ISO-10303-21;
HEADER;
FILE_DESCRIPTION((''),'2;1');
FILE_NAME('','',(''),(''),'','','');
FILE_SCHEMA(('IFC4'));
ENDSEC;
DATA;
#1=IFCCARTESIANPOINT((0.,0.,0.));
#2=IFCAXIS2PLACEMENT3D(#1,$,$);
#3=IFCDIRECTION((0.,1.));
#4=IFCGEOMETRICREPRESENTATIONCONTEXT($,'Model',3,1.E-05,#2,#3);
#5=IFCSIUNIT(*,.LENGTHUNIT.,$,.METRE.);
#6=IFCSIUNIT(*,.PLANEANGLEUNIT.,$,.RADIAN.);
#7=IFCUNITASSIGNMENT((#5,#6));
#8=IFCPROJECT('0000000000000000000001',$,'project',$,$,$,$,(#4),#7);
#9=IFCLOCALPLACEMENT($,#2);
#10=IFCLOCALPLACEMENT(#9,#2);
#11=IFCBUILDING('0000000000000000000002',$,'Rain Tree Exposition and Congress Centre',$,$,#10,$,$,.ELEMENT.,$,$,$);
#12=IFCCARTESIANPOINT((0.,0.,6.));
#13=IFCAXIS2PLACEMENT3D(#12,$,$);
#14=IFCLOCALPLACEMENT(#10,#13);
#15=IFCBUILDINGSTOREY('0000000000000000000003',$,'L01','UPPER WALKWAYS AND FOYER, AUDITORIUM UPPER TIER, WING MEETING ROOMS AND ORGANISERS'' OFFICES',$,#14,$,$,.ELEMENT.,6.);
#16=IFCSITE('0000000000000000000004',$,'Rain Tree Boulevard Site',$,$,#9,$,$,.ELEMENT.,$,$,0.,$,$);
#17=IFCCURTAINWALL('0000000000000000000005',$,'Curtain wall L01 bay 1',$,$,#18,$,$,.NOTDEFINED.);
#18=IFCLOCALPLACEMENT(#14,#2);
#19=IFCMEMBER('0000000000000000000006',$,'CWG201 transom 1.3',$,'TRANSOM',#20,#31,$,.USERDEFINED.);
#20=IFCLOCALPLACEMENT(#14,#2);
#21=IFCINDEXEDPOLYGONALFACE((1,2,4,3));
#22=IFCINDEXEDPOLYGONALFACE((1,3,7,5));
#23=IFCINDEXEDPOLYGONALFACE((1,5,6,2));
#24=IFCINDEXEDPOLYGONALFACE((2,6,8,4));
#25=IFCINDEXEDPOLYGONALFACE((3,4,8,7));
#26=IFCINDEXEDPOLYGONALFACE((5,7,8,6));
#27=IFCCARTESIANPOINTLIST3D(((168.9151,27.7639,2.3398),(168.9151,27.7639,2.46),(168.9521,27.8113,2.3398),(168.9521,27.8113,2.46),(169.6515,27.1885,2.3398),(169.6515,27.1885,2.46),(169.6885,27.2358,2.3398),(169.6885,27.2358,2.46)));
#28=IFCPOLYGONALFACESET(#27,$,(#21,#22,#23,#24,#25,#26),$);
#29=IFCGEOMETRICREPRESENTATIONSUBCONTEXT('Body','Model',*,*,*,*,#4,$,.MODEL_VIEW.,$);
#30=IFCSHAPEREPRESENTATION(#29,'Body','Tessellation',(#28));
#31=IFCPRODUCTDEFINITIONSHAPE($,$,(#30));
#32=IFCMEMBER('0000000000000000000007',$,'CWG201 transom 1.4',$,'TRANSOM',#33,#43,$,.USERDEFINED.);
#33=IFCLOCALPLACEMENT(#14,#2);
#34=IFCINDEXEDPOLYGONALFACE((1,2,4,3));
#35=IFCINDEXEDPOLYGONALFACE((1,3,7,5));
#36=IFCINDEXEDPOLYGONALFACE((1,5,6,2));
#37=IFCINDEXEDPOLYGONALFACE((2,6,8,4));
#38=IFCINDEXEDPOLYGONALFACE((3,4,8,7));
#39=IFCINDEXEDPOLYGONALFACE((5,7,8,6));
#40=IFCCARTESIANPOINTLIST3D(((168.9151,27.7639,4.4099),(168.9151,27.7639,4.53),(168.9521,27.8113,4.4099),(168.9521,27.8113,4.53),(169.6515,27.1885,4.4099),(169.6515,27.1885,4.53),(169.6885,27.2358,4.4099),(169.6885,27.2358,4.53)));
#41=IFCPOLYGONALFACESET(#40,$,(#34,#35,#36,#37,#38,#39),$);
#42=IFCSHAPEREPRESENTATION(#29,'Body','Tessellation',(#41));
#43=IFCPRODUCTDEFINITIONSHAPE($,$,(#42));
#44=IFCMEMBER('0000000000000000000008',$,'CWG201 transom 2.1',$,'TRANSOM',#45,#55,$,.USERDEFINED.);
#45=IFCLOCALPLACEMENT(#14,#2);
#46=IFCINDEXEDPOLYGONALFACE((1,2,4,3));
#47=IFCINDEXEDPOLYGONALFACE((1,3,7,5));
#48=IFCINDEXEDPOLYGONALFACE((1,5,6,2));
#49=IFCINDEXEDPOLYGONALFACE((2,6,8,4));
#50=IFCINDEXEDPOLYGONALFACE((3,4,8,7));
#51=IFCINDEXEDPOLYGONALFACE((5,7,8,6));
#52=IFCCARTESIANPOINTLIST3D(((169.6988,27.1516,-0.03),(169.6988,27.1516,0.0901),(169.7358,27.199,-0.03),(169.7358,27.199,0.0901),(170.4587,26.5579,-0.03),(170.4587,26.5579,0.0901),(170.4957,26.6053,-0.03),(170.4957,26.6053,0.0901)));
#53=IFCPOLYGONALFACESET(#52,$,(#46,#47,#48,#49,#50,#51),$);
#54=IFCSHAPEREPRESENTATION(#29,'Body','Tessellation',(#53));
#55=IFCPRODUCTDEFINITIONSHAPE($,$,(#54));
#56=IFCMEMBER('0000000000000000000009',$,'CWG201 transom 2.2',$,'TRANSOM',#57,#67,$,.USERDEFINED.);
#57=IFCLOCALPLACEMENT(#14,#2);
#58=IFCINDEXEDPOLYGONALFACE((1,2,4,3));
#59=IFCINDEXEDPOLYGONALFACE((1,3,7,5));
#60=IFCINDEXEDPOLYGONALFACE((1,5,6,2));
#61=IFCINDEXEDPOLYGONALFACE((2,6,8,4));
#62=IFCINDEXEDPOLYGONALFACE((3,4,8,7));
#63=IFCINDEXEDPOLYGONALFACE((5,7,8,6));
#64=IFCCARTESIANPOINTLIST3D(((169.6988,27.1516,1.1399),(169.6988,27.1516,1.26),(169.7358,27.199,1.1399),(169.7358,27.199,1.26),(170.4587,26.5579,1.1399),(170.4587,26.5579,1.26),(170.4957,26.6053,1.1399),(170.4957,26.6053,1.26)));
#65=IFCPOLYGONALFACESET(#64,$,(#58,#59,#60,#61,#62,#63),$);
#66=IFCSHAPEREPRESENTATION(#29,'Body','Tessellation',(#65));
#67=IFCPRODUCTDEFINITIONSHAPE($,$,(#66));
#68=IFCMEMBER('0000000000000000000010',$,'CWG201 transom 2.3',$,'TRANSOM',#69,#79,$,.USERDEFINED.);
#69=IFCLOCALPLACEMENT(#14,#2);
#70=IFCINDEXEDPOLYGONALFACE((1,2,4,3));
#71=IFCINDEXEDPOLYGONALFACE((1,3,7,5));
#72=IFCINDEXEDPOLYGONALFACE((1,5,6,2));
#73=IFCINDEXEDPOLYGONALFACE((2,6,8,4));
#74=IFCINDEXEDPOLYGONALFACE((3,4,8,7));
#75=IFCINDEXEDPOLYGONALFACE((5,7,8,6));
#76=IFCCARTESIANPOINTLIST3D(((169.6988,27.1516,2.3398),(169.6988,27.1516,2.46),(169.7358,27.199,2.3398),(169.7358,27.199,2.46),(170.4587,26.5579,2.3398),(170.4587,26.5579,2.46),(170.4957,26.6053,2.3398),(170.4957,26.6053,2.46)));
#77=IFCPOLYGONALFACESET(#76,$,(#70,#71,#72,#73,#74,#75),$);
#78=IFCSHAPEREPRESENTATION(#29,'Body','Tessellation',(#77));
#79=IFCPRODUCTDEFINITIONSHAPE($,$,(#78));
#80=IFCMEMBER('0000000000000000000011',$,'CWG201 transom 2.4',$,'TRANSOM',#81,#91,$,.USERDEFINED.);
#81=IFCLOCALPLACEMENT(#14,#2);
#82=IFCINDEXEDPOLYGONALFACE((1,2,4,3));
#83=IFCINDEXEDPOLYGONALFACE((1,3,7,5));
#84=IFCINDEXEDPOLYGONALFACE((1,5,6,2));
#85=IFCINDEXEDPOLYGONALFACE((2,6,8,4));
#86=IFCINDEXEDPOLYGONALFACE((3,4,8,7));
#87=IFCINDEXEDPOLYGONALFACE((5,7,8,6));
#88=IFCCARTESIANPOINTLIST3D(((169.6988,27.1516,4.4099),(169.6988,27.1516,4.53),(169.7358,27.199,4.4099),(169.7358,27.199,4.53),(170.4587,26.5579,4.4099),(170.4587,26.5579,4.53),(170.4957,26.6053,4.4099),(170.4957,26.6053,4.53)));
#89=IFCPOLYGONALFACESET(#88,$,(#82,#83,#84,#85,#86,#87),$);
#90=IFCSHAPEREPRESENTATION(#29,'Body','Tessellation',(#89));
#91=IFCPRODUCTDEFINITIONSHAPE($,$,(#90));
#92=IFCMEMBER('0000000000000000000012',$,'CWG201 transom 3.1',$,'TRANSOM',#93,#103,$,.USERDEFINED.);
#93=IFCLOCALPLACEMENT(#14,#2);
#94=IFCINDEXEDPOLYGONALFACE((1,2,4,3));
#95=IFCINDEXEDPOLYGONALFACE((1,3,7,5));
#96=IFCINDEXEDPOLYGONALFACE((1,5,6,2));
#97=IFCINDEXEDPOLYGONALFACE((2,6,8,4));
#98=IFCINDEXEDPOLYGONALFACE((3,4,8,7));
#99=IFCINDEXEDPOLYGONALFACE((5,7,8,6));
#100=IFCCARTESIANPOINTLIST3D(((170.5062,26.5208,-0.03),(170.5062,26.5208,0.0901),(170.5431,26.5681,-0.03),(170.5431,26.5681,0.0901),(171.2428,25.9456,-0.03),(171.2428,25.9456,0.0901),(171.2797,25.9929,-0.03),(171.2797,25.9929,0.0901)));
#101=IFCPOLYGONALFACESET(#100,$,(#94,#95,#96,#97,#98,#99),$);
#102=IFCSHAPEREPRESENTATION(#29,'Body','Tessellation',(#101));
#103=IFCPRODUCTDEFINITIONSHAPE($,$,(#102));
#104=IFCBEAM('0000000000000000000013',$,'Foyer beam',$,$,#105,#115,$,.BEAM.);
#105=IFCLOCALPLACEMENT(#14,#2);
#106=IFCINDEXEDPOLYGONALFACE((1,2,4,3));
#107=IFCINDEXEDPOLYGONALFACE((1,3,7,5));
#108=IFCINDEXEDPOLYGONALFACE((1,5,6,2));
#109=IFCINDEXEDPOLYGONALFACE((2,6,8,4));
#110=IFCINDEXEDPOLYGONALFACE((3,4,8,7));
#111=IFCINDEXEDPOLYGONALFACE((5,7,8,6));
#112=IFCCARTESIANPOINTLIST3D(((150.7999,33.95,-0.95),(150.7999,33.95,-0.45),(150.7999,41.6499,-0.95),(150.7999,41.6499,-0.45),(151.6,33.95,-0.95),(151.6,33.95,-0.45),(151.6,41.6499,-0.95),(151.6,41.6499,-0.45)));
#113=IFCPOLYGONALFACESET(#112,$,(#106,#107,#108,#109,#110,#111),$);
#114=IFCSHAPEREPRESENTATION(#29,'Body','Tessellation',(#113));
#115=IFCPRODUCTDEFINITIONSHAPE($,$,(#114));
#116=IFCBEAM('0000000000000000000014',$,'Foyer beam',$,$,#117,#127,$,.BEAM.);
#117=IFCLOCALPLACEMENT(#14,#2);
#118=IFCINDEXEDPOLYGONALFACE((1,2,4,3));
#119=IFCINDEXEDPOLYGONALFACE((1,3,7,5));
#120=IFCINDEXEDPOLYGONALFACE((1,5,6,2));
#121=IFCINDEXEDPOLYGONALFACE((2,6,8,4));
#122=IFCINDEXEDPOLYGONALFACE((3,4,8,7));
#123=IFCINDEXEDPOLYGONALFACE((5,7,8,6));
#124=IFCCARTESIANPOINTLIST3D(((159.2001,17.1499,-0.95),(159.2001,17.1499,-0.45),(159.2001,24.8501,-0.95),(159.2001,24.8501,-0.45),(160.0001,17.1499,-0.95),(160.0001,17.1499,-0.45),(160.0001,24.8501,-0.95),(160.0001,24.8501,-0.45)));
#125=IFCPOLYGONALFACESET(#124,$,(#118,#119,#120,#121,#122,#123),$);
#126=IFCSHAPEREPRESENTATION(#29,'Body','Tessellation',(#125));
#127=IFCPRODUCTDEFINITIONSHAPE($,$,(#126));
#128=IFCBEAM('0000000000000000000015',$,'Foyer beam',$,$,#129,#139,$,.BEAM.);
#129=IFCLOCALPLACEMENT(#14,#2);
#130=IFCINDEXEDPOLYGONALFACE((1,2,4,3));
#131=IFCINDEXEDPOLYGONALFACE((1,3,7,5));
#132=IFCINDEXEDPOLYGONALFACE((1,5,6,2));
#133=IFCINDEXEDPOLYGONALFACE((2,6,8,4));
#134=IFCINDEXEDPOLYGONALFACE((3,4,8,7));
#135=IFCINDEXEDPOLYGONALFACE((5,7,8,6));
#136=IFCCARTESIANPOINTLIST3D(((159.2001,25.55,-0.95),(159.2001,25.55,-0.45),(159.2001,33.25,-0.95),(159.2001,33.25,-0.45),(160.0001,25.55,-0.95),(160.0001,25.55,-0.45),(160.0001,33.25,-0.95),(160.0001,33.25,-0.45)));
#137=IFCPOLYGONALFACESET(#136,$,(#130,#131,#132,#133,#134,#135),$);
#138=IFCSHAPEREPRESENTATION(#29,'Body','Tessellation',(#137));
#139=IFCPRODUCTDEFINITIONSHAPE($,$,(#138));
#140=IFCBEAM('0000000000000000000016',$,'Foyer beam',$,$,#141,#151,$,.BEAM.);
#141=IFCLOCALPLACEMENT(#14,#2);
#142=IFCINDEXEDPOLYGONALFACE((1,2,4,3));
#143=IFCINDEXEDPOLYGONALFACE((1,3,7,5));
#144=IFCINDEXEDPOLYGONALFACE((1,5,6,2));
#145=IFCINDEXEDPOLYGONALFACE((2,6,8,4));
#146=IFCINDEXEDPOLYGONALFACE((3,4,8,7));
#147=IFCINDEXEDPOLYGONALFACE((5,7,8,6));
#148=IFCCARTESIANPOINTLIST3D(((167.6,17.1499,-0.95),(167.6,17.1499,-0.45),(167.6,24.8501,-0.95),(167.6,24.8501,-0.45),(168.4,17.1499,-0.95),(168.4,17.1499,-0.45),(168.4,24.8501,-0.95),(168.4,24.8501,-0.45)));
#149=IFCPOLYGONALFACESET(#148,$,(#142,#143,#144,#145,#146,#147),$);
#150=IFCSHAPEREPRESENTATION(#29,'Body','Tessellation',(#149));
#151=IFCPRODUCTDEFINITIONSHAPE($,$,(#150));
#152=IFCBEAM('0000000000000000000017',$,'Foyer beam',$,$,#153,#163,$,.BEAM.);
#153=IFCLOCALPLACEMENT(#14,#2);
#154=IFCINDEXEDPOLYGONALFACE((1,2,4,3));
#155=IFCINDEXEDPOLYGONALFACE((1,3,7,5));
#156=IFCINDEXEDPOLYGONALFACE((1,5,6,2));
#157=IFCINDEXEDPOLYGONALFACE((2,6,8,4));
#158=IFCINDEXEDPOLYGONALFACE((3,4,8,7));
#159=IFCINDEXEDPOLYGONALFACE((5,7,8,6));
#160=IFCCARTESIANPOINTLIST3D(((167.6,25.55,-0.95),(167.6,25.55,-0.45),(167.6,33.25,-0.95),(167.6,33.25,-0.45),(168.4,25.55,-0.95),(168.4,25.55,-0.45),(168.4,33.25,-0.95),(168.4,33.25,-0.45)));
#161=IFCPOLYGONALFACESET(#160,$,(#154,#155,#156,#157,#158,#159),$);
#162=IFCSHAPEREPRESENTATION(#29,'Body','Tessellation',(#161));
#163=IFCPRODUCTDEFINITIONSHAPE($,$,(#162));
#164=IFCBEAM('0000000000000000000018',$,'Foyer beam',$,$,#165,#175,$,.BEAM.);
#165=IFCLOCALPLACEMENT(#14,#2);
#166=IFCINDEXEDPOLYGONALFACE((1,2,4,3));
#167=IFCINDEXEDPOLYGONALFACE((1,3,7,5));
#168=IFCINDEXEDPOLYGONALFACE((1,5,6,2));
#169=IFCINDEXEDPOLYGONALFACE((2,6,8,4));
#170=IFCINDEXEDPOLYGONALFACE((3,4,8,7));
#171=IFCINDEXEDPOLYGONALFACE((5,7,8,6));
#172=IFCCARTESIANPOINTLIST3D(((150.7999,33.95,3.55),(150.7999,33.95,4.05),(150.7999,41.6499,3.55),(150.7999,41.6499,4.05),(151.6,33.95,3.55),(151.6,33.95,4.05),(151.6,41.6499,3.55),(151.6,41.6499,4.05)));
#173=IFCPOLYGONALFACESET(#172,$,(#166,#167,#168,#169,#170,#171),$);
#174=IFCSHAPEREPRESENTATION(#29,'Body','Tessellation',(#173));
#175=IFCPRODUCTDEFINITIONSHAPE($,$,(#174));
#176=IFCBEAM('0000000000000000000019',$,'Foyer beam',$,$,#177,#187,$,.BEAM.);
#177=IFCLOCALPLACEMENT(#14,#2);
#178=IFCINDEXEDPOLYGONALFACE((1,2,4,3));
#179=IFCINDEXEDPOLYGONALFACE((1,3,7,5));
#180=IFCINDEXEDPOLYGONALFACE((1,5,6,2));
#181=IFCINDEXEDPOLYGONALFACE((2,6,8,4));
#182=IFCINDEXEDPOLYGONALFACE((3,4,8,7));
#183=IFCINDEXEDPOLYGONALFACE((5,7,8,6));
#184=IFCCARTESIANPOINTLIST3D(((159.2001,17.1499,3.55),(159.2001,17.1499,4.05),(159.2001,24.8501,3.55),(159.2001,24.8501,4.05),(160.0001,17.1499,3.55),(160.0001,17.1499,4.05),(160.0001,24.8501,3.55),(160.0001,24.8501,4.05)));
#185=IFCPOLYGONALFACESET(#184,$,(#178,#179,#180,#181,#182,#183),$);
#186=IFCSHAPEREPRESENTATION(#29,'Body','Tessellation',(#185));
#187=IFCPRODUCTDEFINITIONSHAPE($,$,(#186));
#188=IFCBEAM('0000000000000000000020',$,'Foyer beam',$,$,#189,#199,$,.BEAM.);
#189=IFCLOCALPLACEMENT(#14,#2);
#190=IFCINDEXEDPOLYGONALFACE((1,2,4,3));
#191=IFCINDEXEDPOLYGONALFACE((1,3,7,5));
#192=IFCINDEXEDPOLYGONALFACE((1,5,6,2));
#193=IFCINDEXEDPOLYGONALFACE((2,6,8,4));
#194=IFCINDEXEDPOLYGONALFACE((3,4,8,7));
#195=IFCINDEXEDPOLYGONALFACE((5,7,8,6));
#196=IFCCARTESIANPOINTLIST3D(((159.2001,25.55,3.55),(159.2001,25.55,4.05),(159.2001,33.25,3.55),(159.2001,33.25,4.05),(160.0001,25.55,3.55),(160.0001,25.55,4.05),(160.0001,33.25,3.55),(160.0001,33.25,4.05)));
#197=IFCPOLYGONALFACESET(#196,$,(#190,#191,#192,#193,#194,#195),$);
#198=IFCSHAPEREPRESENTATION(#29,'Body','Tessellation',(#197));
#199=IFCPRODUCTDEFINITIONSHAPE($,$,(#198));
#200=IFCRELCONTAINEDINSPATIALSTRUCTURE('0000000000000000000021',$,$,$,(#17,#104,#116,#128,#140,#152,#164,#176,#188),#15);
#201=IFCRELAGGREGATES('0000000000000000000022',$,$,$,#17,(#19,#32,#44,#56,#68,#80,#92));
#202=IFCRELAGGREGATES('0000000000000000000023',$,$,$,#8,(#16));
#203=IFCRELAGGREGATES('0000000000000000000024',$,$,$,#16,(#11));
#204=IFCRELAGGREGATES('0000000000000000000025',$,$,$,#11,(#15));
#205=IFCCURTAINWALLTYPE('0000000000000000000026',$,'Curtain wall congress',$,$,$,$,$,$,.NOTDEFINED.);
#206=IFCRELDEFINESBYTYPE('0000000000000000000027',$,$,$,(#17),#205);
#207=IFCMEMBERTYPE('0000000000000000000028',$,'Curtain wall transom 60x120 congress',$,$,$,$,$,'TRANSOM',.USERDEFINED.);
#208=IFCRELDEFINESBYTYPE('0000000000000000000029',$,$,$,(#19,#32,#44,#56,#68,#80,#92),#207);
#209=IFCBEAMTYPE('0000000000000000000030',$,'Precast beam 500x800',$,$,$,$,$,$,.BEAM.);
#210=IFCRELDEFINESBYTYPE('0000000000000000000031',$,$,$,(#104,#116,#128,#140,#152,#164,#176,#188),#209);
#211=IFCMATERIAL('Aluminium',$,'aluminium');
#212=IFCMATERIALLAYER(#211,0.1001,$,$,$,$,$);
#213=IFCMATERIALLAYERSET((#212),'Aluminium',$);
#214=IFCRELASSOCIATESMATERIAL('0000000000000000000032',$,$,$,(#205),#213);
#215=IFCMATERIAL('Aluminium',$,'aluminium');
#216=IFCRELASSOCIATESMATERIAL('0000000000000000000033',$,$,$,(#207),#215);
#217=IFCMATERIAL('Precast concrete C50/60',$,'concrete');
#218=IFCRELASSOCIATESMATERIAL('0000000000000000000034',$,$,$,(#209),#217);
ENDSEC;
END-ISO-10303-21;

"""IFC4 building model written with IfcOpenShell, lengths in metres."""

from ifc_helpers import new_model, si_unit, direction, frame, origin, origin_2d, place, context, subcontext, project, spatial, rectangle, extrude, material, layer, layer_set, material_profile, profile_set, type_object, element, aggregate, save


model = new_model("IFC4")

# Units and contexts
model_context = context("Model", 3, precision=1e-05, world=origin(), true_north=direction((0.0, 1.0)))
body_context = subcontext(model_context, "Body", "Model", "MODEL_VIEW")
ifc_project = project(units=[si_unit("LENGTHUNIT", "METRE"), si_unit("PLANEANGLEUNIT", "RADIAN")], contexts=[model_context])

# Site, building, storey
site_placement = place(None, origin())
site = spatial("IfcSite", under=ifc_project, at=site_placement, Name="Rain Tree Boulevard Site", CompositionType="ELEMENT", RefElevation=0.0)
building_placement = place(site_placement, origin())
building = spatial("IfcBuilding", under=site, at=building_placement, Name="Rain Tree Exposition and Congress Centre", CompositionType="ELEMENT")
storey_placement = place(building_placement, frame((0.0, 0.0, 6.0)))
storey = spatial("IfcBuildingStorey", under=building, at=storey_placement, Name="L01", Description="UPPER WALKWAYS AND FOYER, AUDITORIUM UPPER TIER, WING MEETING ROOMS AND ORGANISERS' OFFICES", CompositionType="ELEMENT", Elevation=6.0)

# Curtain wall
ifc_material_1 = material(Name="Aluminium", Category="aluminium")
ifc_layer_1 = layer(ifc_material_1, 0.1001)
ifc_layer_set_1 = layer_set([ifc_layer_1], Name="Aluminium")
curtain_wall_type = type_object("IfcCurtainWallType", Name="Curtain wall congress", PredefinedType="NOTDEFINED", material=ifc_layer_set_1)
curtain_wall_1_placement = place(storey_placement, origin())
curtain_wall_1 = element("IfcCurtainWall", 1, at=curtain_wall_1_placement, inside=storey, type_object=curtain_wall_type, Name="Curtain wall L01 bay 1", PredefinedType="NOTDEFINED")

# Members
ifc_material_2 = material(Name="Aluminium", Category="aluminium")
ifc_material_profile_1 = material_profile(ifc_material_2, rectangle(XDim=0.0601, YDim=0.1201, at=origin_2d()), Name="AL 60x120")
ifc_profile_set_1 = profile_set([ifc_material_profile_1], Name="Aluminium")
member_type_1 = type_object("IfcMemberType", Name="Curtain wall transom 60x120 congress", ElementType="TRANSOM", PredefinedType="USERDEFINED", material=ifc_profile_set_1)
member_1_placement = place(storey_placement, frame((168.9336, 27.7876, 2.3999), z_axis=(0.787929, -0.615766, 0.0), x_axis=(0.615766, 0.787929, 0.0)))
member_1 = element("IfcMember", 2, at=member_1_placement, type_object=member_type_1, Name="CWG201 transom 1.3", ObjectType="TRANSOM", PredefinedType="USERDEFINED", context=body_context, shape_type="SweptSolid", body=[
    extrude(rectangle(XDim=0.0601, YDim=0.1201, at=origin_2d()), origin(), (0.0, 0.0, 1.0), 0.9346),
])
member_2_placement = place(storey_placement, frame((168.9336, 27.7876, 4.47), z_axis=(0.787929, -0.615766, 0.0), x_axis=(0.615766, 0.787929, 0.0)))
member_2 = element("IfcMember", 3, at=member_2_placement, type_object=member_type_1, Name="CWG201 transom 1.4", ObjectType="TRANSOM", PredefinedType="USERDEFINED", context=body_context, shape_type="SweptSolid", body=[
    extrude(rectangle(XDim=0.0601, YDim=0.1201, at=origin_2d()), origin(), (0.0, 0.0, 1.0), 0.9346),
])
member_3_placement = place(storey_placement, frame((169.7173, 27.1753, 0.03), z_axis=(0.788028, -0.615639, 0.0), x_axis=(0.615639, 0.788028, 0.0)))
member_3 = element("IfcMember", 4, at=member_3_placement, type_object=member_type_1, Name="CWG201 transom 2.1", ObjectType="TRANSOM", PredefinedType="USERDEFINED", context=body_context, shape_type="SweptSolid", body=[
    extrude(rectangle(XDim=0.0601, YDim=0.1201, at=origin_2d()), origin(), (0.0, 0.0, 1.0), 0.9644),
])
member_4_placement = place(storey_placement, frame((169.7173, 27.1753, 1.2), z_axis=(0.788028, -0.615639, 0.0), x_axis=(0.615639, 0.788028, 0.0)))
member_4 = element("IfcMember", 5, at=member_4_placement, type_object=member_type_1, Name="CWG201 transom 2.2", ObjectType="TRANSOM", PredefinedType="USERDEFINED", context=body_context, shape_type="SweptSolid", body=[
    extrude(rectangle(XDim=0.0601, YDim=0.1201, at=origin_2d()), origin(), (0.0, 0.0, 1.0), 0.9644),
])
member_5_placement = place(storey_placement, frame((169.7173, 27.1753, 2.3999), z_axis=(0.788028, -0.615639, 0.0), x_axis=(0.615639, 0.788028, 0.0)))
member_5 = element("IfcMember", 6, at=member_5_placement, type_object=member_type_1, Name="CWG201 transom 2.3", ObjectType="TRANSOM", PredefinedType="USERDEFINED", context=body_context, shape_type="SweptSolid", body=[
    extrude(rectangle(XDim=0.0601, YDim=0.1201, at=origin_2d()), origin(), (0.0, 0.0, 1.0), 0.9644),
])
member_6_placement = place(storey_placement, frame((169.7173, 27.1753, 4.47), z_axis=(0.788028, -0.615639, 0.0), x_axis=(0.615639, 0.788028, 0.0)))
member_6 = element("IfcMember", 7, at=member_6_placement, type_object=member_type_1, Name="CWG201 transom 2.4", ObjectType="TRANSOM", PredefinedType="USERDEFINED", context=body_context, shape_type="SweptSolid", body=[
    extrude(rectangle(XDim=0.0601, YDim=0.1201, at=origin_2d()), origin(), (0.0, 0.0, 1.0), 0.9644),
])
member_7_placement = place(storey_placement, frame((170.5247, 26.5444, 0.03), z_axis=(0.788155, -0.615477, 0.0), x_axis=(0.615477, 0.788155, 0.0)))
member_7 = element("IfcMember", 8, at=member_7_placement, type_object=member_type_1, Name="CWG201 transom 3.1", ObjectType="TRANSOM", PredefinedType="USERDEFINED", context=body_context, shape_type="SweptSolid", body=[
    extrude(rectangle(XDim=0.0601, YDim=0.1201, at=origin_2d()), origin(), (0.0, 0.0, 1.0), 0.9346),
])

# Beams
ifc_material_3 = material(Name="Precast concrete C50/60", Category="concrete")
ifc_material_profile_2 = material_profile(ifc_material_3, rectangle(XDim=0.5, YDim=0.8, at=origin_2d()), Name="RC 500x800")
ifc_profile_set_2 = profile_set([ifc_material_profile_2], Name="Precast concrete C50/60")
beam_type = type_object("IfcBeamType", Name="Precast beam 500x800", PredefinedType="BEAM", material=ifc_profile_set_2)
beam_1_placement = place(storey_placement, frame((151.2, 33.95, -0.7), z_axis=(0.0, 1.0, 0.0), x_axis=(0.0, 0.0, 1.0)))
element("IfcBeam", 9, at=beam_1_placement, inside=storey, type_object=beam_type, Name="Foyer beam", PredefinedType="BEAM", context=body_context, shape_type="SweptSolid", body=[
    extrude(rectangle(XDim=0.5, YDim=0.8, at=origin_2d()), origin(), (0.0, 0.0, 1.0), 7.7),
])
beam_2_placement = place(storey_placement, frame((159.6001, 17.1499, -0.7), z_axis=(0.0, 1.0, 0.0), x_axis=(0.0, 0.0, 1.0)))
element("IfcBeam", 10, at=beam_2_placement, inside=storey, type_object=beam_type, Name="Foyer beam", PredefinedType="BEAM", context=body_context, shape_type="SweptSolid", body=[
    extrude(rectangle(XDim=0.5, YDim=0.8, at=origin_2d()), origin(), (0.0, 0.0, 1.0), 7.7002),
])
beam_3_placement = place(storey_placement, frame((159.6001, 25.55, -0.7), z_axis=(0.0, 1.0, 0.0), x_axis=(0.0, 0.0, 1.0)))
element("IfcBeam", 11, at=beam_3_placement, inside=storey, type_object=beam_type, Name="Foyer beam", PredefinedType="BEAM", context=body_context, shape_type="SweptSolid", body=[
    extrude(rectangle(XDim=0.5, YDim=0.8, at=origin_2d()), origin(), (0.0, 0.0, 1.0), 7.7),
])
beam_4_placement = place(storey_placement, frame((168.0, 17.1499, -0.7), z_axis=(0.0, 1.0, 0.0), x_axis=(0.0, 0.0, 1.0)))
element("IfcBeam", 12, at=beam_4_placement, inside=storey, type_object=beam_type, Name="Foyer beam", PredefinedType="BEAM", context=body_context, shape_type="SweptSolid", body=[
    extrude(rectangle(XDim=0.5, YDim=0.8, at=origin_2d()), origin(), (0.0, 0.0, 1.0), 7.7002),
])
for number, where, z_axis, x_axis, name in (
    (13, (168.0, 25.55, -0.7), (0.0, 1.0, 0.0), (0.0, 0.0, 1.0), "Foyer beam"),
    (14, (151.2, 33.95, 3.8), (0.0, 1.0, 0.0), (0.0, 0.0, 1.0), "Foyer beam"),
):
    element("IfcBeam", number, at=place(storey_placement, frame(where, z_axis=z_axis, x_axis=x_axis)), inside=storey, type_object=beam_type, Name=name, PredefinedType="BEAM", context=body_context, shape_type="SweptSolid", body=[
        extrude(rectangle(XDim=0.5, YDim=0.8, at=origin_2d()), origin(), (0.0, 0.0, 1.0), 7.7),
    ])
beam_5_placement = place(storey_placement, frame((159.6001, 17.1499, 3.8), z_axis=(0.0, 1.0, 0.0), x_axis=(0.0, 0.0, 1.0)))
element("IfcBeam", 15, at=beam_5_placement, inside=storey, type_object=beam_type, Name="Foyer beam", PredefinedType="BEAM", context=body_context, shape_type="SweptSolid", body=[
    extrude(rectangle(XDim=0.5, YDim=0.8, at=origin_2d()), origin(), (0.0, 0.0, 1.0), 7.7002),
])
beam_6_placement = place(storey_placement, frame((159.6001, 25.55, 3.8), z_axis=(0.0, 1.0, 0.0), x_axis=(0.0, 0.0, 1.0)))
element("IfcBeam", 16, at=beam_6_placement, inside=storey, type_object=beam_type, Name="Foyer beam", PredefinedType="BEAM", context=body_context, shape_type="SweptSolid", body=[
    extrude(rectangle(XDim=0.5, YDim=0.8, at=origin_2d()), origin(), (0.0, 0.0, 1.0), 7.7),
])

aggregate(curtain_wall_1, [member_1, member_2, member_3, member_4, member_5, member_6, member_7])

save(model, "model.ifc")
